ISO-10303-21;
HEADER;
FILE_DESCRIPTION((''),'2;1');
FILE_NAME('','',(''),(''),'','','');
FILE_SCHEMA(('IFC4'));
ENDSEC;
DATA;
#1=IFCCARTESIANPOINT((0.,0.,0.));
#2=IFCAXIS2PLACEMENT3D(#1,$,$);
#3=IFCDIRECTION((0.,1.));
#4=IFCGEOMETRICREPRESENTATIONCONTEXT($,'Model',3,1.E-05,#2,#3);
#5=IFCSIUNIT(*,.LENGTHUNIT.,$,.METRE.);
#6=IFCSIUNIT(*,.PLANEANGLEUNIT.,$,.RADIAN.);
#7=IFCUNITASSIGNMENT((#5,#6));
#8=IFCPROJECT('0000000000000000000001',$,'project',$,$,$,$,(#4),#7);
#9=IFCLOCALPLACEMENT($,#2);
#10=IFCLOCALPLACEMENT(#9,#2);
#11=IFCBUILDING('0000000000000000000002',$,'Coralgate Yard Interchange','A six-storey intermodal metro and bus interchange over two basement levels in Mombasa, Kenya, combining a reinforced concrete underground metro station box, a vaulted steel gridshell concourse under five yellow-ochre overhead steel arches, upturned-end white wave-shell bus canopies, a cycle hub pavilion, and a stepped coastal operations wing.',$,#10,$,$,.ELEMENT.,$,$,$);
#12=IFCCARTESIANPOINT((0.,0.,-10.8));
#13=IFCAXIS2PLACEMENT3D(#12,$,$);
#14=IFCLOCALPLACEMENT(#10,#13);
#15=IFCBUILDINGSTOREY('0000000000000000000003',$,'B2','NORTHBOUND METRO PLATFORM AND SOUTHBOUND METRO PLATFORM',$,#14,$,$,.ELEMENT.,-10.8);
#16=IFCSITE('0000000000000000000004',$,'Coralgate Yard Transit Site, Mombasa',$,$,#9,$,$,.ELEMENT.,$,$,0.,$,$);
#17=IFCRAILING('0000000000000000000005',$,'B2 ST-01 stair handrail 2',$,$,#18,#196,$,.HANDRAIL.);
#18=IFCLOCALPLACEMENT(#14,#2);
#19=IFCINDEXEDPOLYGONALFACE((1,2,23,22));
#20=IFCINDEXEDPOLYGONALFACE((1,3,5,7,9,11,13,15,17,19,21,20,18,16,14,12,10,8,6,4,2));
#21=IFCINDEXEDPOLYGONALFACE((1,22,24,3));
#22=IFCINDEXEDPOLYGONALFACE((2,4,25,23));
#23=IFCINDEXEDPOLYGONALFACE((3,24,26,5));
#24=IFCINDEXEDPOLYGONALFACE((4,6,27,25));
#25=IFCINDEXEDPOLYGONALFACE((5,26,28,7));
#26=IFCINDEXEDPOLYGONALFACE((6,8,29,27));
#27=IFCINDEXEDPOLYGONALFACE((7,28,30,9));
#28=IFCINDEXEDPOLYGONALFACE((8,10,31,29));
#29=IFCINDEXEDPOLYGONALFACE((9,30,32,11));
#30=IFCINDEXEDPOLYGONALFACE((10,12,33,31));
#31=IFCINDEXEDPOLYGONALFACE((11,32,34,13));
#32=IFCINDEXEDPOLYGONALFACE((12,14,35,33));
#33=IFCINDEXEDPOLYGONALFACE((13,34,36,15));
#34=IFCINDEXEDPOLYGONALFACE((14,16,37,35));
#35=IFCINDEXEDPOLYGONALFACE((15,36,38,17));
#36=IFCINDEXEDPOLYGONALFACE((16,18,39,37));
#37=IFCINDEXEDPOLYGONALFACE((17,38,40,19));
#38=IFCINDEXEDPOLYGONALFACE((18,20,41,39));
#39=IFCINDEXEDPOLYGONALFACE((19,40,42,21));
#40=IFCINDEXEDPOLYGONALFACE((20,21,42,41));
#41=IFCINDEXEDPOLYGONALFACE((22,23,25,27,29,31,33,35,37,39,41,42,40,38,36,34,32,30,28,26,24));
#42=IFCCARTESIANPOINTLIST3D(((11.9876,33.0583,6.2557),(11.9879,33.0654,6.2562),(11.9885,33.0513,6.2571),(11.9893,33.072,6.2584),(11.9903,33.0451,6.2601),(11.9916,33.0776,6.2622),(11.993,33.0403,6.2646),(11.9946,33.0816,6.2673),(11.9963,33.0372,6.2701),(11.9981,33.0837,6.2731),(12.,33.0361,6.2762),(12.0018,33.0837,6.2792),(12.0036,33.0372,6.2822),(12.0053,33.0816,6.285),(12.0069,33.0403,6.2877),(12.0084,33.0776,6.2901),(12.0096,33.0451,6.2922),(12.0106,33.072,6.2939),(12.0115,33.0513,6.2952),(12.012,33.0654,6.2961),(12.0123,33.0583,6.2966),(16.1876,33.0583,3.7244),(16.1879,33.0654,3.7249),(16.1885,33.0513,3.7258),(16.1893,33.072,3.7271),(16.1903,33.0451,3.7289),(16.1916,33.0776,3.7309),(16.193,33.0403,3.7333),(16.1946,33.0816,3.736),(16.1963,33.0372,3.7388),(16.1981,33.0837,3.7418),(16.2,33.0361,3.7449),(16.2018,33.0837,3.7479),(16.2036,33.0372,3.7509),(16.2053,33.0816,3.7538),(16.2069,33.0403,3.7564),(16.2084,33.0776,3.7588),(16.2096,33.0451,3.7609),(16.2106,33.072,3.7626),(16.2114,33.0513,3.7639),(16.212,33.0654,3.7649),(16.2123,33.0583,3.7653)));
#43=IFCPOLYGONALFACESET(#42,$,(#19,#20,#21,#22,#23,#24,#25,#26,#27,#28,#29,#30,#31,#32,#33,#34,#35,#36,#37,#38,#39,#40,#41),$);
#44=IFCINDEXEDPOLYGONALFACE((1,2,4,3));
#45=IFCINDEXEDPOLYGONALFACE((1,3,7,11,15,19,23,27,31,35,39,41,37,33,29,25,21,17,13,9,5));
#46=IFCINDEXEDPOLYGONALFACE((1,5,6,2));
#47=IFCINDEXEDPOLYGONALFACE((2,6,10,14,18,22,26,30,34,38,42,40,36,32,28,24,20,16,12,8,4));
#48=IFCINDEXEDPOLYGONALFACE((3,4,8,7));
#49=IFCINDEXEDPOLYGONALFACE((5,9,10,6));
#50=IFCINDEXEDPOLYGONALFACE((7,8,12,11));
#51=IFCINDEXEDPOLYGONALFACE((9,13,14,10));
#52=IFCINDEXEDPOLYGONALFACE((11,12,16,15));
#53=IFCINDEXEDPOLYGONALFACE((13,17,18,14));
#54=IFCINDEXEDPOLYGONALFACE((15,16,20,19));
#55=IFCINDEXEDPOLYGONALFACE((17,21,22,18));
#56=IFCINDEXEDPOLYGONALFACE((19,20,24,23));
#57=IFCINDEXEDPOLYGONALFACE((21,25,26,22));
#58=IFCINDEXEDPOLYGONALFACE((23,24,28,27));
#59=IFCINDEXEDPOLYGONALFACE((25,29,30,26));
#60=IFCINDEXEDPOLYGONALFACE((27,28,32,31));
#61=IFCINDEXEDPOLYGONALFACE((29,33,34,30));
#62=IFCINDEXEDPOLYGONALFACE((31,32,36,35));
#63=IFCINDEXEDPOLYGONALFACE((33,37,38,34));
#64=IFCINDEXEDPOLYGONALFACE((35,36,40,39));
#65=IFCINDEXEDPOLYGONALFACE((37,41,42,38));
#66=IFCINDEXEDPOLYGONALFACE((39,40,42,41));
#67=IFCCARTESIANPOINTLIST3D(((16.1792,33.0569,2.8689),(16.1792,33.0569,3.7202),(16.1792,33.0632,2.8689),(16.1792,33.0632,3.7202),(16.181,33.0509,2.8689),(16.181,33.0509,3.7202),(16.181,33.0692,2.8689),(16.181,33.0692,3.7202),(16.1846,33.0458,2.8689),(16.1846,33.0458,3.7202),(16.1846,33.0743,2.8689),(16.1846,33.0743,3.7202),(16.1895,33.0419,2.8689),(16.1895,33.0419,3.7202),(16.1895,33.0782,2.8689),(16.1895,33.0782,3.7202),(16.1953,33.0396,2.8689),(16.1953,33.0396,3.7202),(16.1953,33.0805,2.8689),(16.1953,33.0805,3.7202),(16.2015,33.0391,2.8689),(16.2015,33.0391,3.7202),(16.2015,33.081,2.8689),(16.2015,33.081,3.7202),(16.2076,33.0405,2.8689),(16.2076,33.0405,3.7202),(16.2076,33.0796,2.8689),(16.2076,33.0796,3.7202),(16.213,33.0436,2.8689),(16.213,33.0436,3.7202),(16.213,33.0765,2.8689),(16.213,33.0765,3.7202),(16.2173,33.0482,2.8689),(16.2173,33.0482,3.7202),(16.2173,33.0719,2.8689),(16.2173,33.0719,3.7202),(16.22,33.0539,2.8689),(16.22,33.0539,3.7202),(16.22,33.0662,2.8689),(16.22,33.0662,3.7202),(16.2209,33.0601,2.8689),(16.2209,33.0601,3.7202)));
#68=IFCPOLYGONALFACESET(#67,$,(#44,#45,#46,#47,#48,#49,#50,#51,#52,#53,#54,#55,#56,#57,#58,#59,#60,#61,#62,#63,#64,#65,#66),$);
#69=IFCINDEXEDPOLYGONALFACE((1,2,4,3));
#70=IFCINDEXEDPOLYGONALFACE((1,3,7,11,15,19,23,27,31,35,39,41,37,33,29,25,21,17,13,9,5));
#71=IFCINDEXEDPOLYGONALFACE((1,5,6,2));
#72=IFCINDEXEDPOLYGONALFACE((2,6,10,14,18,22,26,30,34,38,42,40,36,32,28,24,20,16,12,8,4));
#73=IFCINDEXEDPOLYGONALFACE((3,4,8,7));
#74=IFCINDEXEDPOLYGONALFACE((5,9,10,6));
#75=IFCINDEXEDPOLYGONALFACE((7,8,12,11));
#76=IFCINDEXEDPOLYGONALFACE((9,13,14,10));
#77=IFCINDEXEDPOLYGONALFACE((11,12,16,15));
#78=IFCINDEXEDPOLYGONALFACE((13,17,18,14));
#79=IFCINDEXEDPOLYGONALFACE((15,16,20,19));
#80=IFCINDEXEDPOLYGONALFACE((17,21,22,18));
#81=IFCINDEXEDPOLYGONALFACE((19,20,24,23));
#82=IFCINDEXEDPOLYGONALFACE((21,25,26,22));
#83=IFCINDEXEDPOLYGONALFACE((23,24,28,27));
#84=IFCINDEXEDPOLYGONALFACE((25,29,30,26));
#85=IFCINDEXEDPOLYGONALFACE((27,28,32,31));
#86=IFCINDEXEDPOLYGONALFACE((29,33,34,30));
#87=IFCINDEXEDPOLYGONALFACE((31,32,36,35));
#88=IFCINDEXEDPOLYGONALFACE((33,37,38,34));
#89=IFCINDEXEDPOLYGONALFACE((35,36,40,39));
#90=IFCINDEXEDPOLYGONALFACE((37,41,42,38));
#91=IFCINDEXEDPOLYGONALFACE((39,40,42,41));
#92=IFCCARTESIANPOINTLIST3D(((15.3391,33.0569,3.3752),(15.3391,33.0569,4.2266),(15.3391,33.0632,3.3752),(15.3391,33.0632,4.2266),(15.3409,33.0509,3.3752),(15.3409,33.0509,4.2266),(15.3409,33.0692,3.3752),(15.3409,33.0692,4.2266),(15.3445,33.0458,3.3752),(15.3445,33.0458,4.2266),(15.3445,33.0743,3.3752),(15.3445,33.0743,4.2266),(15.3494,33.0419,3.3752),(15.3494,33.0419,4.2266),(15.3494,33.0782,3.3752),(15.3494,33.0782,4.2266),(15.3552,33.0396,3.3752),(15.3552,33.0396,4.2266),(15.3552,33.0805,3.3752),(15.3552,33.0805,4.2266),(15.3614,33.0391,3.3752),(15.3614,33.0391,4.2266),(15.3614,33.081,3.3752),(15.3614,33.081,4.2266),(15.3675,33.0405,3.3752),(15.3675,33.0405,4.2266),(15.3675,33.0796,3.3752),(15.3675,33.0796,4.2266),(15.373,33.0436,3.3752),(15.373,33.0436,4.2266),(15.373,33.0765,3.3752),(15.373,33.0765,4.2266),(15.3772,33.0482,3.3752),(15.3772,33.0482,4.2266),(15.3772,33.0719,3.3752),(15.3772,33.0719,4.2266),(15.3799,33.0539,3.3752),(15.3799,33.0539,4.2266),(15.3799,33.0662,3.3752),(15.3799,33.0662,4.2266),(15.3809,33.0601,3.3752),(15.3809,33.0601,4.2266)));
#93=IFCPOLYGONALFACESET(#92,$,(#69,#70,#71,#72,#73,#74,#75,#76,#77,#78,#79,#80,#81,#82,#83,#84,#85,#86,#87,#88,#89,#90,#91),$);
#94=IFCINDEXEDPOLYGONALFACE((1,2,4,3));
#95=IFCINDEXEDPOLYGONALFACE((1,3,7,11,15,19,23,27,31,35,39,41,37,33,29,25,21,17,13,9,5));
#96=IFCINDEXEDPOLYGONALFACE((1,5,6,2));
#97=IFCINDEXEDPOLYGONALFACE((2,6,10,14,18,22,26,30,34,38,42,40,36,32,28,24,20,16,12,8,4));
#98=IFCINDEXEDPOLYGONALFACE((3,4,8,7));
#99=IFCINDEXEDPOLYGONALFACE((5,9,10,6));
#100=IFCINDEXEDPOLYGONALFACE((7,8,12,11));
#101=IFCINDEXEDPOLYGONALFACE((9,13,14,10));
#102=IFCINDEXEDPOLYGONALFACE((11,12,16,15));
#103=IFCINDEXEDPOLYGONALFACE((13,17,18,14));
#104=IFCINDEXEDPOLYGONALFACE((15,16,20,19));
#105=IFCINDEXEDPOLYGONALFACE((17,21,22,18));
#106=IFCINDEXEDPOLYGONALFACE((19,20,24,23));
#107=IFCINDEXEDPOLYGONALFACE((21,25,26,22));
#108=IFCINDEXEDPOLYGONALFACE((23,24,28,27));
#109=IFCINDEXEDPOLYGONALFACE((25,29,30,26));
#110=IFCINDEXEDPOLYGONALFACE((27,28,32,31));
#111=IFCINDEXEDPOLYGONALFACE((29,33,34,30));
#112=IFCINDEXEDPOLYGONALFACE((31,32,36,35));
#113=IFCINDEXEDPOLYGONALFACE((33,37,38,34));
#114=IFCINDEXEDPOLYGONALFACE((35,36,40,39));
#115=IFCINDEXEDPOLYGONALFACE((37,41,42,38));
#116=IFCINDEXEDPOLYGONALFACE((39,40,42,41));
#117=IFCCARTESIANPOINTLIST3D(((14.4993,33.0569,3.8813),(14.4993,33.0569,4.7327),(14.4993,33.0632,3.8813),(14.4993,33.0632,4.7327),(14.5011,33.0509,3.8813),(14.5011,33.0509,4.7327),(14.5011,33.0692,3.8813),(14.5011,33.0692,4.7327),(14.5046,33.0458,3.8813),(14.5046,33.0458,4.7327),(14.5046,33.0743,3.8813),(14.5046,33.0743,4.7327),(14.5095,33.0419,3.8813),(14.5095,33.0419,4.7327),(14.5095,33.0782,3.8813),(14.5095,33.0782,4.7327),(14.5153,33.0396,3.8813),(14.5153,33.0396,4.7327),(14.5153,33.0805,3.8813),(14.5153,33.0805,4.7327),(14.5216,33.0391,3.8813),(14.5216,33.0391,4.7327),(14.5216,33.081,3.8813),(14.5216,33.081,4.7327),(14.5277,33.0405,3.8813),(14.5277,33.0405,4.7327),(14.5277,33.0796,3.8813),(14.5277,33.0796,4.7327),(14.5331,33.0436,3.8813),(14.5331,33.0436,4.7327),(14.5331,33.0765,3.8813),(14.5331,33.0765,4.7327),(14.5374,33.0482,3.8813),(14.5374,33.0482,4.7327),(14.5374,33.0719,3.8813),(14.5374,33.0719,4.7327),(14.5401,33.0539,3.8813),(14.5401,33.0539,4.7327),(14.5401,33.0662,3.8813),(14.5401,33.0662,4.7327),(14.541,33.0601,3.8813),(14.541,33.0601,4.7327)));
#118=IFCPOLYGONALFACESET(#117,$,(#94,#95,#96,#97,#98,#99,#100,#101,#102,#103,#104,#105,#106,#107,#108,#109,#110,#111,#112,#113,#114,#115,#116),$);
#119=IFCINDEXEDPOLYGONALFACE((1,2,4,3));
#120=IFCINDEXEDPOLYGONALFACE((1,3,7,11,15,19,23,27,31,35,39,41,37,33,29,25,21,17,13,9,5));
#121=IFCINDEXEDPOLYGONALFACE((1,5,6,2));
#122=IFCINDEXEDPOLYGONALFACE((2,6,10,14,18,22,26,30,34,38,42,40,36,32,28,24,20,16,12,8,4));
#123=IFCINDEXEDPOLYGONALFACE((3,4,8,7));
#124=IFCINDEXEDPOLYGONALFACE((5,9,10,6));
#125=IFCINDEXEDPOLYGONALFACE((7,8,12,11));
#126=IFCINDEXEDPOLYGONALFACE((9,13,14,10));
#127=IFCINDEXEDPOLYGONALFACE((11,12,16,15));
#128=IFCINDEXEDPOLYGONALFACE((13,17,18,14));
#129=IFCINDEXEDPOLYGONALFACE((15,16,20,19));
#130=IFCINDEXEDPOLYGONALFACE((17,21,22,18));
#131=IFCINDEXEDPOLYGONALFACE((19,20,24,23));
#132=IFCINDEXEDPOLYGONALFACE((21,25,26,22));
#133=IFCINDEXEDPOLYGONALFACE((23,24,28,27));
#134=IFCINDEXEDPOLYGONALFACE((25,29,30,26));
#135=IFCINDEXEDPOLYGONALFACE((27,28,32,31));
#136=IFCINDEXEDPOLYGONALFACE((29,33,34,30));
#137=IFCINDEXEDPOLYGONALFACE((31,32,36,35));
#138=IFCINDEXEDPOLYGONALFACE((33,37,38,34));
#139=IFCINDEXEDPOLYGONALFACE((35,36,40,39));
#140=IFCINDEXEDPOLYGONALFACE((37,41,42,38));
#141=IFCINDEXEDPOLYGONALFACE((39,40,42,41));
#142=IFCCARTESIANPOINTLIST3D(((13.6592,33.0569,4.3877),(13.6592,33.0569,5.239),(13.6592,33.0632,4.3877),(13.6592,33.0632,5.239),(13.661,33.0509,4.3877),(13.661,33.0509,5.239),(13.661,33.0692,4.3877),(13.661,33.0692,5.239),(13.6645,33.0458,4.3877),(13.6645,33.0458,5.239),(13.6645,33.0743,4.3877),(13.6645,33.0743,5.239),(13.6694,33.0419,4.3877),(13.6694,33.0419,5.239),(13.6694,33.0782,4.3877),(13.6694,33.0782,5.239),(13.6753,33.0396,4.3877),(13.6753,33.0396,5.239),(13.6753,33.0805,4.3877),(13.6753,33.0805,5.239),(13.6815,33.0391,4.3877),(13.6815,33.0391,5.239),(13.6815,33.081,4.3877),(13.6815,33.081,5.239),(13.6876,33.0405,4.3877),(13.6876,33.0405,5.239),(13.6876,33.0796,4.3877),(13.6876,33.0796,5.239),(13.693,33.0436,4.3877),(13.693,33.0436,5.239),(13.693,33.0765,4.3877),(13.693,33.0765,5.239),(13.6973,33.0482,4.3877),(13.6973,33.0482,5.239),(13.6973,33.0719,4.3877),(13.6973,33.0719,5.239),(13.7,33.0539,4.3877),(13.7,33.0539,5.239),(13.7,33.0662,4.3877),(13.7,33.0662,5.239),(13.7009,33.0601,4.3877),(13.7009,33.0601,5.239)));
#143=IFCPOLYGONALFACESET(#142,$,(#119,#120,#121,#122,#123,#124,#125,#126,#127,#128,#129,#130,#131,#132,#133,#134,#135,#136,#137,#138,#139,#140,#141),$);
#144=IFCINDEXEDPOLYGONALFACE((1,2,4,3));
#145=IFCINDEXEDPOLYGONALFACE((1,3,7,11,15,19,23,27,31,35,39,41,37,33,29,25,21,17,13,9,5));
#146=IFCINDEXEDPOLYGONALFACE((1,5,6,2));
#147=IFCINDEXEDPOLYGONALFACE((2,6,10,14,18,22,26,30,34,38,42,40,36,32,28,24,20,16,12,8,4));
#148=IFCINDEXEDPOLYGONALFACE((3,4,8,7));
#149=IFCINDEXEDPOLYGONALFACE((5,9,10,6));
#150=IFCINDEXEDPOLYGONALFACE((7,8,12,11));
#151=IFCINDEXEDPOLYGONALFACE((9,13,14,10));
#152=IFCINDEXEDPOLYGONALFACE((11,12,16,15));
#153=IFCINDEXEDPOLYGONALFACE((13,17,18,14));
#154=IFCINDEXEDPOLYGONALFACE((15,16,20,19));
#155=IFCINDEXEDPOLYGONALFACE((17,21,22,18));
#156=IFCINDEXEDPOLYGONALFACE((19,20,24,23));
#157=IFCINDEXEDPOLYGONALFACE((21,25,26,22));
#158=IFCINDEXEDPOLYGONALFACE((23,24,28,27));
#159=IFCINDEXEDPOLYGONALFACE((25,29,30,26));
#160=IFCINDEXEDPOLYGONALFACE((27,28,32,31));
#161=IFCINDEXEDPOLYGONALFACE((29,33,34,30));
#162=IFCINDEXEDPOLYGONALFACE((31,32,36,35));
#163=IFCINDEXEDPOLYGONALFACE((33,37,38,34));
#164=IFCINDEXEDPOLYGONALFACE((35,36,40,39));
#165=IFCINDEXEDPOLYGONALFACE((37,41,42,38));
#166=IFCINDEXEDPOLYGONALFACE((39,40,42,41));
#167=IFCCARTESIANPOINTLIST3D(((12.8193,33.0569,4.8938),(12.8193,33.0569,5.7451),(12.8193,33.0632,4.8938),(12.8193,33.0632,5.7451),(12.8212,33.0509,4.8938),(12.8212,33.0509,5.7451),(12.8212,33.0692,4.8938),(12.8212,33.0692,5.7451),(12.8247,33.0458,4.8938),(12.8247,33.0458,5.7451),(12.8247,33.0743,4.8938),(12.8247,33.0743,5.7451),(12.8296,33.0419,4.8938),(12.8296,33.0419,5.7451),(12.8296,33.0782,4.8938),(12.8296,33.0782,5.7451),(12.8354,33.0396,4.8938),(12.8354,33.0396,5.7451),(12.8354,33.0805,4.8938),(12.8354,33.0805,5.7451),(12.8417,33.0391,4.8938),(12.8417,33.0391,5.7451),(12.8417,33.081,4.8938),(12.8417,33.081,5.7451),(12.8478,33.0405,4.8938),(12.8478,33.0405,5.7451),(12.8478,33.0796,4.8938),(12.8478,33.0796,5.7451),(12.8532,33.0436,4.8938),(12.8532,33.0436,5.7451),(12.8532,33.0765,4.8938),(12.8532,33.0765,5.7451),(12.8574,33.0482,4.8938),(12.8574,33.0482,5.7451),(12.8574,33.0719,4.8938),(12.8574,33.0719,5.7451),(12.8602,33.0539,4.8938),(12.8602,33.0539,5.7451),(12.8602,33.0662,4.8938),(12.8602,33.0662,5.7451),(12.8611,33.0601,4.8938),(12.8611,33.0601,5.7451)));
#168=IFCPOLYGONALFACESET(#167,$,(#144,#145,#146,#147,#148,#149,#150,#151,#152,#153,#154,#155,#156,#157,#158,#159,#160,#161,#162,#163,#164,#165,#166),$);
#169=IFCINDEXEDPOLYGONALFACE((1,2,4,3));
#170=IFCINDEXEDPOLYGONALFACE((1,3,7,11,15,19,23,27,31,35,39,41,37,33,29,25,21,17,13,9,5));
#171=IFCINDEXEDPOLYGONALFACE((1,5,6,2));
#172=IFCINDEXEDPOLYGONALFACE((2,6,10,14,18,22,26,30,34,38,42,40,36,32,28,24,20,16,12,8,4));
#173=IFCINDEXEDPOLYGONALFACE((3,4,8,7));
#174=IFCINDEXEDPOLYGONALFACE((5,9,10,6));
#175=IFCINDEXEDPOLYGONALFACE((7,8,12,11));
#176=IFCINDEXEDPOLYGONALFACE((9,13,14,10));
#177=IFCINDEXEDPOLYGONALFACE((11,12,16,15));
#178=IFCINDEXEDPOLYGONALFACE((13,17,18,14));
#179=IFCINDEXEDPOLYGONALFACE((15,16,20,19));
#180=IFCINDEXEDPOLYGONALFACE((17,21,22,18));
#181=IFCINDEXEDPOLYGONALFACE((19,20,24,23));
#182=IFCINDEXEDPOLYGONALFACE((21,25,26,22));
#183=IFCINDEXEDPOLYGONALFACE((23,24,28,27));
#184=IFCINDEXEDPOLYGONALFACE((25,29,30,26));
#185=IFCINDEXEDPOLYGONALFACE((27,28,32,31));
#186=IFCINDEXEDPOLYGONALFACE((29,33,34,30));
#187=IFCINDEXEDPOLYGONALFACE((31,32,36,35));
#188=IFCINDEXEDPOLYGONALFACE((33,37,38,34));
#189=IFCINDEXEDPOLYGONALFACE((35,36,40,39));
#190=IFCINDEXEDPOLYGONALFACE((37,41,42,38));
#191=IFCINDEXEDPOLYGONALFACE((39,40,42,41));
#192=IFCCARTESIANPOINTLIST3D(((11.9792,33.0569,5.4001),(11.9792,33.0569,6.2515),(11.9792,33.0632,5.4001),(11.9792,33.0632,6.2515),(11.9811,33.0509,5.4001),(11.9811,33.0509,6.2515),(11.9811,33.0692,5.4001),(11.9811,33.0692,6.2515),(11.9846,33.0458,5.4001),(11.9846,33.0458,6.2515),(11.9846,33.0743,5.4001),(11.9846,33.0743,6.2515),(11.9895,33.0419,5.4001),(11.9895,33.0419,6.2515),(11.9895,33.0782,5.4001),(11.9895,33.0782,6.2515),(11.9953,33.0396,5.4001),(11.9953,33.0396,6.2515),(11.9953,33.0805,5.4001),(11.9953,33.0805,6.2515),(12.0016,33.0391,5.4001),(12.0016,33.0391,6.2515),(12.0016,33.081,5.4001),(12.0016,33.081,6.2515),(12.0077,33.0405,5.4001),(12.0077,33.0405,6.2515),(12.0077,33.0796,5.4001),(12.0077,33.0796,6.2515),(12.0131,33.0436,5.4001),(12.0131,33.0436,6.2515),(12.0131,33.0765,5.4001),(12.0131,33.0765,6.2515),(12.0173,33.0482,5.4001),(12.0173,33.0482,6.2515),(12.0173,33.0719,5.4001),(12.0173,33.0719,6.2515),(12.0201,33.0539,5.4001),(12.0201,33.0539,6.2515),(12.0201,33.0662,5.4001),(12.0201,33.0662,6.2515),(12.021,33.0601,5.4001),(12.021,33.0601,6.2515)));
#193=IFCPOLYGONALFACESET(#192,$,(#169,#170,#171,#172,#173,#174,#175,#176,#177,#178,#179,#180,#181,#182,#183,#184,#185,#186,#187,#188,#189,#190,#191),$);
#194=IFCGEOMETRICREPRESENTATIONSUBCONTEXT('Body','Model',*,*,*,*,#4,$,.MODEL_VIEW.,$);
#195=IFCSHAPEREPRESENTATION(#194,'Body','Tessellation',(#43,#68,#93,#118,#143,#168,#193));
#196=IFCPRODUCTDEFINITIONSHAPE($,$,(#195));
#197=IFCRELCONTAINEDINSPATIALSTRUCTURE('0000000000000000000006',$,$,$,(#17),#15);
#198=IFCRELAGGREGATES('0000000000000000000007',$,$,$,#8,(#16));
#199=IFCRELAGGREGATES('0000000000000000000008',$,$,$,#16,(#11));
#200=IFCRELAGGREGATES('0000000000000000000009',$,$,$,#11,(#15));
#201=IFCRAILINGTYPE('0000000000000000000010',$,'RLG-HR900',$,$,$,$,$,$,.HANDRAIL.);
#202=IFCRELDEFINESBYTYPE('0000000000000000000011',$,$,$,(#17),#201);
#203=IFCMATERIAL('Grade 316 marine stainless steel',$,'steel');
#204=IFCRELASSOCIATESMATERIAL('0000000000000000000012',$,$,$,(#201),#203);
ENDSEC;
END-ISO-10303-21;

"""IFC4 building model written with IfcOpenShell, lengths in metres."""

from ifc_helpers import new_model, si_unit, direction, frame, origin, origin_2d, place, context, subcontext, project, spatial, circle, extrude, material, type_object, element, save


model = new_model("IFC4")

# Units and contexts
model_context = context("Model", 3, precision=1e-05, world=origin(), true_north=direction((0.0, 1.0)))
body_context = subcontext(model_context, "Body", "Model", "MODEL_VIEW")
ifc_project = project(units=[si_unit("LENGTHUNIT", "METRE"), si_unit("PLANEANGLEUNIT", "RADIAN")], contexts=[model_context])

# Site, building, storey
site_placement = place(None, origin())
site = spatial("IfcSite", under=ifc_project, at=site_placement, Name="Coralgate Yard Transit Site, Mombasa", CompositionType="ELEMENT", RefElevation=0.0)
building_placement = place(site_placement, origin())
building = spatial("IfcBuilding", under=site, at=building_placement, Name="Coralgate Yard Interchange", Description="A six-storey intermodal metro and bus interchange over two basement levels in Mombasa, Kenya, combining a reinforced concrete underground metro station box, a vaulted steel gridshell concourse under five yellow-ochre overhead steel arches, upturned-end white wave-shell bus canopies, a cycle hub pavilion, and a stepped coastal operations wing.", CompositionType="ELEMENT")
storey_placement = place(building_placement, frame((0.0, 0.0, -10.8)))
storey = spatial("IfcBuildingStorey", under=building, at=storey_placement, Name="B2", Description="NORTHBOUND METRO PLATFORM AND SOUTHBOUND METRO PLATFORM", CompositionType="ELEMENT", Elevation=-10.8)

# Railing
ifc_material_1 = material(Name="Grade 316 marine stainless steel", Category="steel")
railing_type_1 = type_object("IfcRailingType", Name="RLG-HR900", PredefinedType="HANDRAIL", material=ifc_material_1)
railing_1_placement = place(storey_placement, frame((16.2, 33.0601, 2.8689)))
element("IfcRailing", 1, at=railing_1_placement, inside=storey, type_object=railing_type_1, Name="B2 ST-01 stair handrail 2", PredefinedType="HANDRAIL", context=body_context, shape_type="SweptSolid", body=[
    extrude(circle(Radius=0.0239, at=origin_2d()), frame((0.0, 0.0, 0.876), z_axis=(-0.856476, 0.0, 0.516186), x_axis=(0.0, -1.0, 0.0)), (0.0, 0.0, 1.0), 4.9038),
    extrude(circle(Radius=0.021, at=origin_2d()), origin(), (0.0, 0.0, 1.0), 0.8513),
    extrude(circle(Radius=0.021, at=origin_2d()), frame((-0.8401, 0.0, 0.5063)), (0.0, 0.0, 1.0), 0.8513),
    extrude(circle(Radius=0.021, at=origin_2d()), frame((-1.6799, 0.0, 1.0125)), (0.0, 0.0, 1.0), 0.8513),
    extrude(circle(Radius=0.021, at=origin_2d()), frame((-2.52, 0.0, 1.5188)), (0.0, 0.0, 1.0), 0.8513),
    extrude(circle(Radius=0.021, at=origin_2d()), frame((-3.3599, 0.0, 2.0249)), (0.0, 0.0, 1.0), 0.8513),
    extrude(circle(Radius=0.021, at=origin_2d()), frame((-4.2, 0.0, 2.5312)), (0.0, 0.0, 1.0), 0.8513),
])

save(model, "model.ifc")
